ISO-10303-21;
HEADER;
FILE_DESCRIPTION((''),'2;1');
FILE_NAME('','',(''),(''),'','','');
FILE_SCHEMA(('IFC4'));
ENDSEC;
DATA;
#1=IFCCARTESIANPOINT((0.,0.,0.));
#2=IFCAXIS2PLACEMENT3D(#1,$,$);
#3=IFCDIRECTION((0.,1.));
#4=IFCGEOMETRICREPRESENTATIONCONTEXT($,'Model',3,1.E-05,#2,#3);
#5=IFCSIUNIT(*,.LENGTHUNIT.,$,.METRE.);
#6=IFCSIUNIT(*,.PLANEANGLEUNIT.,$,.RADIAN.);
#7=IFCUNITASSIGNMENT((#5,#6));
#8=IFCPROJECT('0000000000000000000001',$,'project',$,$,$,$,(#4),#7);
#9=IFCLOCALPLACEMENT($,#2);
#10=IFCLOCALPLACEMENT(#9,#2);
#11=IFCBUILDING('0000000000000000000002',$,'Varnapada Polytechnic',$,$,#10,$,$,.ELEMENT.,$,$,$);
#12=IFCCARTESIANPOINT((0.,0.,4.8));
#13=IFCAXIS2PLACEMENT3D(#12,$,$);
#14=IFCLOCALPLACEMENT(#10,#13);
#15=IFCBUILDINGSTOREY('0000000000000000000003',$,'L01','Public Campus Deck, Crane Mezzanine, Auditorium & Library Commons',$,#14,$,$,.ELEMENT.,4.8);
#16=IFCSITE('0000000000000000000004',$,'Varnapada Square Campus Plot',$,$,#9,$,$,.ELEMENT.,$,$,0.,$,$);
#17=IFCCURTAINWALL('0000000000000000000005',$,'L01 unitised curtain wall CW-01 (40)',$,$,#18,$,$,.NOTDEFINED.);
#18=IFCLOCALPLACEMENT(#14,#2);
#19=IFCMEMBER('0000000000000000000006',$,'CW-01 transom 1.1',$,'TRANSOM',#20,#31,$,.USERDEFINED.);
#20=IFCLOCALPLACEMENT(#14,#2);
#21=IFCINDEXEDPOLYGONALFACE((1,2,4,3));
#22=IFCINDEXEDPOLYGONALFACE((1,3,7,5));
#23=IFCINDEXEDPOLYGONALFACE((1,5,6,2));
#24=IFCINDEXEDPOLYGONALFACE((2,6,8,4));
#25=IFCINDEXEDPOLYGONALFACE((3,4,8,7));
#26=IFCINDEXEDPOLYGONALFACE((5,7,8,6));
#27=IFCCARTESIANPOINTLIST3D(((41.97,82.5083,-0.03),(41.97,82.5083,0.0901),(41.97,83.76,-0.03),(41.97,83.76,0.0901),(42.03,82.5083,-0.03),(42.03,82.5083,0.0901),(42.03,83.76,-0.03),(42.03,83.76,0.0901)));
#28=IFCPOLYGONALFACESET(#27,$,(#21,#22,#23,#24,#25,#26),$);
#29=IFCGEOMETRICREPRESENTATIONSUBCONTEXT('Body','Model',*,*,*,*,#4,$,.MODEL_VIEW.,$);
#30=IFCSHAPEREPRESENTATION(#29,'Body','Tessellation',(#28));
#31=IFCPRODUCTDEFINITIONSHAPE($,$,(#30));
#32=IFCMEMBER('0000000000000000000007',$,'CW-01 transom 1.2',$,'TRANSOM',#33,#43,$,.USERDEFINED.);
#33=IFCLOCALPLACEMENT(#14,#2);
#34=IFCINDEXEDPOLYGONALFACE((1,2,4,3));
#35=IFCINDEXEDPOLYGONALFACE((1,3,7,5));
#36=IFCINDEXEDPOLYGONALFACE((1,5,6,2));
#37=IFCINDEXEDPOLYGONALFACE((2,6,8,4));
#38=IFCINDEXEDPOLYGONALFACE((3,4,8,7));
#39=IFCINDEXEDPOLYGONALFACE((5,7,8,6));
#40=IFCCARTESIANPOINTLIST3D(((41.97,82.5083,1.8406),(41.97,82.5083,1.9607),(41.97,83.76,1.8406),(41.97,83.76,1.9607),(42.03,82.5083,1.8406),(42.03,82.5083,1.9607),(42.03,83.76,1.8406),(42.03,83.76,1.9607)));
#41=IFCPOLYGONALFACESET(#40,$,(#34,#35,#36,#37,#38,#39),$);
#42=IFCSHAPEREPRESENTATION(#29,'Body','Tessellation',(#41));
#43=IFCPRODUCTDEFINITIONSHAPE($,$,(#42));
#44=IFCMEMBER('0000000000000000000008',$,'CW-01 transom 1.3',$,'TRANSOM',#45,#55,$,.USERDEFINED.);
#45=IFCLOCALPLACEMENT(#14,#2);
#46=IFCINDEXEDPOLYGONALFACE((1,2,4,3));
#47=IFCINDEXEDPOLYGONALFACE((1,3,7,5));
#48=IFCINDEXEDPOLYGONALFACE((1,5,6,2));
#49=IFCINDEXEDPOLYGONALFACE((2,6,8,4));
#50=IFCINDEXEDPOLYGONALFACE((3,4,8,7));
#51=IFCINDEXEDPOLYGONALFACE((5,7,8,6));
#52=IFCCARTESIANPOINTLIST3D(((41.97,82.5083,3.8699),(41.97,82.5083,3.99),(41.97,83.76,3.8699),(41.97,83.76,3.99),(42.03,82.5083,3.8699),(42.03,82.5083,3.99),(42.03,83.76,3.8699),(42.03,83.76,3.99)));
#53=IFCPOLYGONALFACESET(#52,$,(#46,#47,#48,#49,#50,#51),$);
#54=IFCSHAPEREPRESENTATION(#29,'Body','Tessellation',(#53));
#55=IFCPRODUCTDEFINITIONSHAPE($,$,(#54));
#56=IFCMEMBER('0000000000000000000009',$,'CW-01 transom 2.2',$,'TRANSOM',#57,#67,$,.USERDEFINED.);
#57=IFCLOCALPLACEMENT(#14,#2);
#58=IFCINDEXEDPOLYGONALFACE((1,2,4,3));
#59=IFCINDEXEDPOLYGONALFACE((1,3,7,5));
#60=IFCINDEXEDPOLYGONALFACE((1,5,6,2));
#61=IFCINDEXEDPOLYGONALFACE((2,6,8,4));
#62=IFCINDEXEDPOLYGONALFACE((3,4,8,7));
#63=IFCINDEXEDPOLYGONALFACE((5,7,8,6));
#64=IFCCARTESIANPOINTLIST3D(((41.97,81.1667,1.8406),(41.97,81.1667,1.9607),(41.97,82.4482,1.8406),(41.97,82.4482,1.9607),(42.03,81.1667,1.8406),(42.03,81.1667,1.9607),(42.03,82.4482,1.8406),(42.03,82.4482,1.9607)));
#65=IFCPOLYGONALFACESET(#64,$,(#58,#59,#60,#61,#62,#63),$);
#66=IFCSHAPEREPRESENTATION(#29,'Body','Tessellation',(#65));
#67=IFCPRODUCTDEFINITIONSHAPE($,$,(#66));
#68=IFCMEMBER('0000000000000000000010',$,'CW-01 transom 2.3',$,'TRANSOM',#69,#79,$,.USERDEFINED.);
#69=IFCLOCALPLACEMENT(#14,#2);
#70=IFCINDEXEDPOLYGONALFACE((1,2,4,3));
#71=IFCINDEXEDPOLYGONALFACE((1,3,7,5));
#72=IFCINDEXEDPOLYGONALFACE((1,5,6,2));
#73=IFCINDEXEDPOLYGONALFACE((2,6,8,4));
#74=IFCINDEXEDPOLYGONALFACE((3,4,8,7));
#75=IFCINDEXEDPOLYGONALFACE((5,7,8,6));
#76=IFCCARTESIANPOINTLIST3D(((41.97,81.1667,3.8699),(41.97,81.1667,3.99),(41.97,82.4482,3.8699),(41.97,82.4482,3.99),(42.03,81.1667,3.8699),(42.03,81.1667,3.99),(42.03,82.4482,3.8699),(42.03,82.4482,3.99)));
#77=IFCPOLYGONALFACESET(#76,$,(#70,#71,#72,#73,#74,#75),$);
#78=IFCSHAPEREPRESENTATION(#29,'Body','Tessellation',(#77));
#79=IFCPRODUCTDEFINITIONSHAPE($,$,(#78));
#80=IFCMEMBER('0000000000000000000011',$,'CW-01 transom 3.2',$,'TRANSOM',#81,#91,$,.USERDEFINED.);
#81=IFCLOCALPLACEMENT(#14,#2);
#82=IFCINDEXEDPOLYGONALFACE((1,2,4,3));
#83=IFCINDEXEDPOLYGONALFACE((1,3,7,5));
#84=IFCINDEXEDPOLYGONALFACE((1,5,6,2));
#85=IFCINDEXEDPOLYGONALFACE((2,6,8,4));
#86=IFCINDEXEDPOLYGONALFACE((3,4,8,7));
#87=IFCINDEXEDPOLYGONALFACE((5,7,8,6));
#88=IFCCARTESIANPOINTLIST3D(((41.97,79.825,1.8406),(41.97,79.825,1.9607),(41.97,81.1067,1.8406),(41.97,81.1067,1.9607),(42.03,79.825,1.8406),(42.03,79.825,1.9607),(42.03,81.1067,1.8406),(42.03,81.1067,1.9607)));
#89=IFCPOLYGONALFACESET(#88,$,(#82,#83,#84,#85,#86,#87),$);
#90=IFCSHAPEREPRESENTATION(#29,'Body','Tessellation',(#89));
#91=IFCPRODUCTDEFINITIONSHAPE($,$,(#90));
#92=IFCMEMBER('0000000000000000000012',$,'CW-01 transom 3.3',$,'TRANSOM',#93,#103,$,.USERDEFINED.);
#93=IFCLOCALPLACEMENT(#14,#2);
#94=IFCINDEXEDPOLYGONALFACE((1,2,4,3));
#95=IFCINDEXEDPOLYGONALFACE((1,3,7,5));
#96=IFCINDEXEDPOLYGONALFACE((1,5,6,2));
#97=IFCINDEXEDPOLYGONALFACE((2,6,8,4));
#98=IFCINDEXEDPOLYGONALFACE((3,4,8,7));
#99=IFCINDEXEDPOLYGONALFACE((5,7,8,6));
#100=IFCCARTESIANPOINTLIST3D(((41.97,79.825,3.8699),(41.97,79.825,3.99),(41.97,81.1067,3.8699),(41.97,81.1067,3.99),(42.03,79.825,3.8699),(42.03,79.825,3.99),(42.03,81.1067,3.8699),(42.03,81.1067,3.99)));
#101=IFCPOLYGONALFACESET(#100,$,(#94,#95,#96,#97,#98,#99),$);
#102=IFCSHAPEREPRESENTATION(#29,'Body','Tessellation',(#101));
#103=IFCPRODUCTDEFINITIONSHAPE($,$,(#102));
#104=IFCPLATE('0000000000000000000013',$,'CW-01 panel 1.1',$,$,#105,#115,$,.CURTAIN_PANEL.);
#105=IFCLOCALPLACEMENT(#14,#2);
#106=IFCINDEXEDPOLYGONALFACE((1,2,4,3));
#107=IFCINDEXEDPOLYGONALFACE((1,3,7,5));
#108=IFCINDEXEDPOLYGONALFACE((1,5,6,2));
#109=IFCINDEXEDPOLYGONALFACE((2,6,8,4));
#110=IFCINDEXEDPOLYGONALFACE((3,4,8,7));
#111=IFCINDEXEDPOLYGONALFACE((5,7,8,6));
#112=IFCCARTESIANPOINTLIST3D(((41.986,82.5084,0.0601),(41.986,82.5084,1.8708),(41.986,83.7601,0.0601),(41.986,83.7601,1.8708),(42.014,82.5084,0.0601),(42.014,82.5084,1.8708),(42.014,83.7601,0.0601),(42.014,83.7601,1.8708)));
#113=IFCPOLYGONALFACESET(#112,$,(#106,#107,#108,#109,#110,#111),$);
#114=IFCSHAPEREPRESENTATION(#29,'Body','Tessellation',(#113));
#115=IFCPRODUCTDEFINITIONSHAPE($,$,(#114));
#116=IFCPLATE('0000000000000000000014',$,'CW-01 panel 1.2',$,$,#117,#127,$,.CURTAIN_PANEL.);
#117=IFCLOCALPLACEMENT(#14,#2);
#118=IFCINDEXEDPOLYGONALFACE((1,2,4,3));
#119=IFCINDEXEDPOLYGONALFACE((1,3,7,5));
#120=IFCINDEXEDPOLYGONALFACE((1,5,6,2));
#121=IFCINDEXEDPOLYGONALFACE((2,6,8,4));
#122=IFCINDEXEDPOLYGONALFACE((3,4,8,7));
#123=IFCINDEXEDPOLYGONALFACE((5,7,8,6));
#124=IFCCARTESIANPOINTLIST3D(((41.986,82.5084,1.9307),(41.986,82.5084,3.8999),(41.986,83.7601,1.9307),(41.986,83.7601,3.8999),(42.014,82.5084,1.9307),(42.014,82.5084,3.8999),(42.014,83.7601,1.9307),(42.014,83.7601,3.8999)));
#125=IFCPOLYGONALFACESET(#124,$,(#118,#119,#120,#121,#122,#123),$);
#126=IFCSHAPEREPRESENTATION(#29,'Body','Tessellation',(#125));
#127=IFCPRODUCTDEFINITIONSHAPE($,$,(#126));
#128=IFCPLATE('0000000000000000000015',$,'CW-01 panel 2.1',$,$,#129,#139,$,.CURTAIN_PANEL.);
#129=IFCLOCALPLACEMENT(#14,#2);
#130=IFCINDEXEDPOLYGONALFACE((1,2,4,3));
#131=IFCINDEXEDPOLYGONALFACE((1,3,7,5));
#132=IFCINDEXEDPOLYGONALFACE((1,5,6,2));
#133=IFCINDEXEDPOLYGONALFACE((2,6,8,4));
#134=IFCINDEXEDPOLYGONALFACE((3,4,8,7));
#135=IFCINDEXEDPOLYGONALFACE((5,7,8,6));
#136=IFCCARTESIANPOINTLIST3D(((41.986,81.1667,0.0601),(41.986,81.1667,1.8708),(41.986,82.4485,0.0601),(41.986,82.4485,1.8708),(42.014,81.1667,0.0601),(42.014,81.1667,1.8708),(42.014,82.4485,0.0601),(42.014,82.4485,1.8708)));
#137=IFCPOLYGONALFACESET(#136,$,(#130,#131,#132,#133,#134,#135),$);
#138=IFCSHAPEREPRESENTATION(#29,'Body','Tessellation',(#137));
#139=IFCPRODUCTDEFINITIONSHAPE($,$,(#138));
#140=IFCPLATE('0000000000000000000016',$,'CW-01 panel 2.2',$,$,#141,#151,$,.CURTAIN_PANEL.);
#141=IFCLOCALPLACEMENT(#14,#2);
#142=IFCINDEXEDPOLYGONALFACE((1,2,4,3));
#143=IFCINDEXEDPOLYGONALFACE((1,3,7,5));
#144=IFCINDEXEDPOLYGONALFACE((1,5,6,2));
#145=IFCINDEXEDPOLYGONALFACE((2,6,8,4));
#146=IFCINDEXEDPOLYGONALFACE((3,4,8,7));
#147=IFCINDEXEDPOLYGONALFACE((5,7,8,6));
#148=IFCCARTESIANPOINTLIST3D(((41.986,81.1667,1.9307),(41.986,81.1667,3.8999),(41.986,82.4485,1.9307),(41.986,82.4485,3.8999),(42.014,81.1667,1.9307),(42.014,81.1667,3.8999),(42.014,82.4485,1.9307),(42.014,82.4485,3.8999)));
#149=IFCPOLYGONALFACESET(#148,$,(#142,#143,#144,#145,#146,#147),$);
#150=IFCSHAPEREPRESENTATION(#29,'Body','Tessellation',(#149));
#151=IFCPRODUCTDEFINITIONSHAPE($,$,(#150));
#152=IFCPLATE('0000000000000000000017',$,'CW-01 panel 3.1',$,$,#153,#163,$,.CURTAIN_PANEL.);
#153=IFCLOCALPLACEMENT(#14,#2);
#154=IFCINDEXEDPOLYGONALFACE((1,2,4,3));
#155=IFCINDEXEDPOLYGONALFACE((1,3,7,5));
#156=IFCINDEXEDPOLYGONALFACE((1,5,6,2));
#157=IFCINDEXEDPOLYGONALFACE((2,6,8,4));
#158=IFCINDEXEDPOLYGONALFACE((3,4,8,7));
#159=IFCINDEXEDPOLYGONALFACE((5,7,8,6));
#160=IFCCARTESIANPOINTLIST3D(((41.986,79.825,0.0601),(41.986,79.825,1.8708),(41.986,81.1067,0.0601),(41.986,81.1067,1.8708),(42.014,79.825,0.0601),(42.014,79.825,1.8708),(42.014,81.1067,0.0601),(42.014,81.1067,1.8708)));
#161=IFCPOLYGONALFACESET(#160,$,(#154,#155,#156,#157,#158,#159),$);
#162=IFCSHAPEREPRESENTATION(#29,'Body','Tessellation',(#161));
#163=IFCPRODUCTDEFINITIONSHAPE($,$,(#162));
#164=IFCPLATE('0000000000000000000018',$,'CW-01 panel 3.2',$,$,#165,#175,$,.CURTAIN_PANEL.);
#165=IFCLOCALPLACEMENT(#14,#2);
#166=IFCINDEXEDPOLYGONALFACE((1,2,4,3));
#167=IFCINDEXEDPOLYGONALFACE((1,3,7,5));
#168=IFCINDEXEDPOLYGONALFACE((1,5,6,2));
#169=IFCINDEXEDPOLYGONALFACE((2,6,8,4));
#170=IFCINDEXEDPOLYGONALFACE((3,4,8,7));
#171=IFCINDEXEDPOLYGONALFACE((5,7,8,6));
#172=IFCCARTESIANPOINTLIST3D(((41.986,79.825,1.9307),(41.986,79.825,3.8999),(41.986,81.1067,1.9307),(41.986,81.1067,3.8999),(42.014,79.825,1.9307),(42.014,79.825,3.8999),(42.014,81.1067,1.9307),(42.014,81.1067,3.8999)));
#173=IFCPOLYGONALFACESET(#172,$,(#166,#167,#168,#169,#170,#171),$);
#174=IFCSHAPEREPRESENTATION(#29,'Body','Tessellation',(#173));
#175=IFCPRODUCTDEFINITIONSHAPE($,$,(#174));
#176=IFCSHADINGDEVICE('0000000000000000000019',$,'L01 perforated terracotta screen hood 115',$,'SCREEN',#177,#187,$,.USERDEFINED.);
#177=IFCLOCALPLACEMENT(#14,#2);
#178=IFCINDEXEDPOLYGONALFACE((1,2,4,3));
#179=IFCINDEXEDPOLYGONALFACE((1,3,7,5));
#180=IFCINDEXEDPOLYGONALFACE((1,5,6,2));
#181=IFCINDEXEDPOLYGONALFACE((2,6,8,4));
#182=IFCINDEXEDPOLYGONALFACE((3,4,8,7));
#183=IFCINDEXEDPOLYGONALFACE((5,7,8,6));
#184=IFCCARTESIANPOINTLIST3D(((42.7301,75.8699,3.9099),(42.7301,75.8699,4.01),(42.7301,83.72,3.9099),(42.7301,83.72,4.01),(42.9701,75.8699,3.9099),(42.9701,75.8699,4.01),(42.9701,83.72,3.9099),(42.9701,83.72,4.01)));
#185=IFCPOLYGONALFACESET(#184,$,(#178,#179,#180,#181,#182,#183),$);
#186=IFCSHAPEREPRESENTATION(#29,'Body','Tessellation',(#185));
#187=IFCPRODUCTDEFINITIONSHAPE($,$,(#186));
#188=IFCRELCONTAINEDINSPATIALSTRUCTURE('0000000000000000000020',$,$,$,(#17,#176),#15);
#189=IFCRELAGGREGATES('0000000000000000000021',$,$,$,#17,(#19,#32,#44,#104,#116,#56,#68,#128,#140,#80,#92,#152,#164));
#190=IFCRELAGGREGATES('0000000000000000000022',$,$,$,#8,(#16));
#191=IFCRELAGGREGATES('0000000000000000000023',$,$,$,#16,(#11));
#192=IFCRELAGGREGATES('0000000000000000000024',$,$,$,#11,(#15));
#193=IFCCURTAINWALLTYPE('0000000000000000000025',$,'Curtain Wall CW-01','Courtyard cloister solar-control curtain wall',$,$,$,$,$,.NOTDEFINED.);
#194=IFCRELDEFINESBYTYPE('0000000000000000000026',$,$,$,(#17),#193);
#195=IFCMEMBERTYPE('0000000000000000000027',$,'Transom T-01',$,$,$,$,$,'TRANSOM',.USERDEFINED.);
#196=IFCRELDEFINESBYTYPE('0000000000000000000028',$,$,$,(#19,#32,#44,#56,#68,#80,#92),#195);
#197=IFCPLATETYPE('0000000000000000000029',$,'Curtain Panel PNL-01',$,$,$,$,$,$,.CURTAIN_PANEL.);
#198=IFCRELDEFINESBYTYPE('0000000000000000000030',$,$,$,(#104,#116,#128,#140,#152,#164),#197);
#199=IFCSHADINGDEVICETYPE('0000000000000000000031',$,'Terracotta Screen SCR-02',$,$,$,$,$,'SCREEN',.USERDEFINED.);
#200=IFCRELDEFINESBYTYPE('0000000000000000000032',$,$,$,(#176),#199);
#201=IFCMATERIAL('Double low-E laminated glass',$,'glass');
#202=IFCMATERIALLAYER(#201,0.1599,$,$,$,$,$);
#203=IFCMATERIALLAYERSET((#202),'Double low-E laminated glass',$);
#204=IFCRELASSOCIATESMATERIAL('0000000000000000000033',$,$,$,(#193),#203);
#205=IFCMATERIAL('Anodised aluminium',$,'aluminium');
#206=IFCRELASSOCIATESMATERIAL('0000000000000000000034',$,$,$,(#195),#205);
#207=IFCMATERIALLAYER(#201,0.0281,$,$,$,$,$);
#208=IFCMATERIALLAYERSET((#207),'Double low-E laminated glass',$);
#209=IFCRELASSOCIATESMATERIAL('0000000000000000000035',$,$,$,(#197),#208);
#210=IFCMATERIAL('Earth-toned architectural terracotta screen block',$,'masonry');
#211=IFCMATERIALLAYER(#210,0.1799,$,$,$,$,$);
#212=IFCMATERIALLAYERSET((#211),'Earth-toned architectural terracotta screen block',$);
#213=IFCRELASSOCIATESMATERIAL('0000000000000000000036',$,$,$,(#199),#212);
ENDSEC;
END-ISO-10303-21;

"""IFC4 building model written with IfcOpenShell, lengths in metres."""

from ifc_helpers import new_model, si_unit, direction, frame, origin, origin_2d, place, context, subcontext, project, spatial, rectangle, extrude, material, layer, layer_set, material_profile, profile_set, type_object, element, aggregate, save


model = new_model("IFC4")

# Units and contexts
model_context = context("Model", 3, precision=1e-05, world=origin(), true_north=direction((0.0, 1.0)))
body_context = subcontext(model_context, "Body", "Model", "MODEL_VIEW")
ifc_project = project(units=[si_unit("LENGTHUNIT", "METRE"), si_unit("PLANEANGLEUNIT", "RADIAN")], contexts=[model_context])

# Site, building, storey
site_placement = place(None, origin())
site = spatial("IfcSite", under=ifc_project, at=site_placement, Name="Varnapada Square Campus Plot", CompositionType="ELEMENT", RefElevation=0.0)
building_placement = place(site_placement, origin())
building = spatial("IfcBuilding", under=site, at=building_placement, Name="Varnapada Polytechnic", CompositionType="ELEMENT")
storey_placement = place(building_placement, frame((0.0, 0.0, 4.8)))
storey = spatial("IfcBuildingStorey", under=building, at=storey_placement, Name="L01", Description="Public Campus Deck, Crane Mezzanine, Auditorium & Library Commons", CompositionType="ELEMENT", Elevation=4.8)

# Curtain wall, members, plates
ifc_material_1 = material(Name="Double low-E laminated glass", Category="glass")
ifc_layer_1 = layer(ifc_material_1, 0.1599)
ifc_layer_set_1 = layer_set([ifc_layer_1], Name="Double low-E laminated glass")
curtain_wall_type = type_object("IfcCurtainWallType", Name="Curtain Wall CW-01", Description="Courtyard cloister solar-control curtain wall", PredefinedType="NOTDEFINED", material=ifc_layer_set_1)
curtain_wall_placement = place(storey_placement, origin())
curtain_wall = element("IfcCurtainWall", 1, at=curtain_wall_placement, inside=storey, type_object=curtain_wall_type, Name="L01 unitised curtain wall CW-01 (40)", PredefinedType="NOTDEFINED")
ifc_material_2 = material(Name="Anodised aluminium", Category="aluminium")
ifc_material_profile = material_profile(ifc_material_2, rectangle(XDim=0.0601, YDim=0.1201, at=origin_2d()), Name="ALU T60x120")
ifc_profile_set = profile_set([ifc_material_profile], Name="Anodised aluminium")
member_type = type_object("IfcMemberType", Name="Transom T-01", ElementType="TRANSOM", PredefinedType="USERDEFINED", material=ifc_profile_set)
member_1_placement = place(storey_placement, frame((42.0, 83.76, 0.03), z_axis=(0.0, -1.0, 0.0), x_axis=(1.0, 0.0, 0.0)))
member_1 = element("IfcMember", 2, at=member_1_placement, type_object=member_type, Name="CW-01 transom 1.1", ObjectType="TRANSOM", PredefinedType="USERDEFINED", context=body_context, shape_type="SweptSolid", body=[
    extrude(rectangle(XDim=0.0601, YDim=0.1201, at=origin_2d()), origin(), (0.0, 0.0, 1.0), 1.2517),
])
member_2_placement = place(storey_placement, frame((42.0, 83.76, 1.9006), z_axis=(0.0, -1.0, 0.0), x_axis=(1.0, 0.0, 0.0)))
member_2 = element("IfcMember", 3, at=member_2_placement, type_object=member_type, Name="CW-01 transom 1.2", ObjectType="TRANSOM", PredefinedType="USERDEFINED", context=body_context, shape_type="SweptSolid", body=[
    extrude(rectangle(XDim=0.0601, YDim=0.1201, at=origin_2d()), origin(), (0.0, 0.0, 1.0), 1.2517),
])
member_3_placement = place(storey_placement, frame((42.0, 83.76, 3.9299), z_axis=(0.0, -1.0, 0.0), x_axis=(1.0, 0.0, 0.0)))
member_3 = element("IfcMember", 4, at=member_3_placement, type_object=member_type, Name="CW-01 transom 1.3", ObjectType="TRANSOM", PredefinedType="USERDEFINED", context=body_context, shape_type="SweptSolid", body=[
    extrude(rectangle(XDim=0.0601, YDim=0.1201, at=origin_2d()), origin(), (0.0, 0.0, 1.0), 1.2517),
])
member_4_placement = place(storey_placement, frame((42.0, 82.4482, 1.9006), z_axis=(0.0, -1.0, 0.0), x_axis=(1.0, 0.0, 0.0)))
member_4 = element("IfcMember", 5, at=member_4_placement, type_object=member_type, Name="CW-01 transom 2.2", ObjectType="TRANSOM", PredefinedType="USERDEFINED", context=body_context, shape_type="SweptSolid", body=[
    extrude(rectangle(XDim=0.0601, YDim=0.1201, at=origin_2d()), origin(), (0.0, 0.0, 1.0), 1.2815),
])
member_5_placement = place(storey_placement, frame((42.0, 82.4482, 3.9299), z_axis=(0.0, -1.0, 0.0), x_axis=(1.0, 0.0, 0.0)))
member_5 = element("IfcMember", 6, at=member_5_placement, type_object=member_type, Name="CW-01 transom 2.3", ObjectType="TRANSOM", PredefinedType="USERDEFINED", context=body_context, shape_type="SweptSolid", body=[
    extrude(rectangle(XDim=0.0601, YDim=0.1201, at=origin_2d()), origin(), (0.0, 0.0, 1.0), 1.2815),
])
member_6_placement = place(storey_placement, frame((42.0, 81.1067, 1.9006), z_axis=(0.0, -1.0, 0.0), x_axis=(1.0, 0.0, 0.0)))
member_6 = element("IfcMember", 7, at=member_6_placement, type_object=member_type, Name="CW-01 transom 3.2", ObjectType="TRANSOM", PredefinedType="USERDEFINED", context=body_context, shape_type="SweptSolid", body=[
    extrude(rectangle(XDim=0.0601, YDim=0.1201, at=origin_2d()), origin(), (0.0, 0.0, 1.0), 1.2817),
])
member_7_placement = place(storey_placement, frame((42.0, 81.1067, 3.9299), z_axis=(0.0, -1.0, 0.0), x_axis=(1.0, 0.0, 0.0)))
member_7 = element("IfcMember", 8, at=member_7_placement, type_object=member_type, Name="CW-01 transom 3.3", ObjectType="TRANSOM", PredefinedType="USERDEFINED", context=body_context, shape_type="SweptSolid", body=[
    extrude(rectangle(XDim=0.0601, YDim=0.1201, at=origin_2d()), origin(), (0.0, 0.0, 1.0), 1.2817),
])
ifc_layer_2 = layer(ifc_material_1, 0.0281)
ifc_layer_set_2 = layer_set([ifc_layer_2], Name="Double low-E laminated glass")
plate_type = type_object("IfcPlateType", Name="Curtain Panel PNL-01", PredefinedType="CURTAIN_PANEL", material=ifc_layer_set_2)
plate_1_placement = place(storey_placement, frame((42.0, 83.1343, 0.0601), z_axis=(0.0, 0.0, 1.0), x_axis=(0.0, -1.0, 0.0)))
plate_1 = element("IfcPlate", 9, at=plate_1_placement, type_object=plate_type, Name="CW-01 panel 1.1", PredefinedType="CURTAIN_PANEL", context=body_context, shape_type="SweptSolid", body=[
    extrude(rectangle(XDim=1.2517, YDim=0.0281, at=origin_2d()), origin(), (0.0, 0.0, 1.0), 1.8108),
])
plate_2_placement = place(storey_placement, frame((42.0, 83.1343, 1.9307), z_axis=(0.0, 0.0, 1.0), x_axis=(0.0, -1.0, 0.0)))
plate_2 = element("IfcPlate", 10, at=plate_2_placement, type_object=plate_type, Name="CW-01 panel 1.2", PredefinedType="CURTAIN_PANEL", context=body_context, shape_type="SweptSolid", body=[
    extrude(rectangle(XDim=1.2517, YDim=0.0281, at=origin_2d()), origin(), (0.0, 0.0, 1.0), 1.9692),
])
plate_3_placement = place(storey_placement, frame((42.0, 81.8076, 0.0601), z_axis=(0.0, 0.0, 1.0), x_axis=(0.0, -1.0, 0.0)))
plate_3 = element("IfcPlate", 11, at=plate_3_placement, type_object=plate_type, Name="CW-01 panel 2.1", PredefinedType="CURTAIN_PANEL", context=body_context, shape_type="SweptSolid", body=[
    extrude(rectangle(XDim=1.2817, YDim=0.0281, at=origin_2d()), origin(), (0.0, 0.0, 1.0), 1.8108),
])
plate_4_placement = place(storey_placement, frame((42.0, 81.8076, 1.9307), z_axis=(0.0, 0.0, 1.0), x_axis=(0.0, -1.0, 0.0)))
plate_4 = element("IfcPlate", 12, at=plate_4_placement, type_object=plate_type, Name="CW-01 panel 2.2", PredefinedType="CURTAIN_PANEL", context=body_context, shape_type="SweptSolid", body=[
    extrude(rectangle(XDim=1.2817, YDim=0.0281, at=origin_2d()), origin(), (0.0, 0.0, 1.0), 1.9692),
])
plate_5_placement = place(storey_placement, frame((42.0, 80.4658, 0.0601), z_axis=(0.0, 0.0, 1.0), x_axis=(0.0, -1.0, 0.0)))
plate_5 = element("IfcPlate", 13, at=plate_5_placement, type_object=plate_type, Name="CW-01 panel 3.1", PredefinedType="CURTAIN_PANEL", context=body_context, shape_type="SweptSolid", body=[
    extrude(rectangle(XDim=1.2817, YDim=0.0281, at=origin_2d()), origin(), (0.0, 0.0, 1.0), 1.8108),
])
plate_6_placement = place(storey_placement, frame((42.0, 80.4658, 1.9307), z_axis=(0.0, 0.0, 1.0), x_axis=(0.0, -1.0, 0.0)))
plate_6 = element("IfcPlate", 14, at=plate_6_placement, type_object=plate_type, Name="CW-01 panel 3.2", PredefinedType="CURTAIN_PANEL", context=body_context, shape_type="SweptSolid", body=[
    extrude(rectangle(XDim=1.2817, YDim=0.0281, at=origin_2d()), origin(), (0.0, 0.0, 1.0), 1.9692),
])
aggregate(curtain_wall, [member_1, member_2, member_3, plate_1, plate_2, member_4, member_5, plate_3, plate_4, member_6, member_7, plate_5, plate_6])

# Shading device
ifc_material_3 = material(Name="Earth-toned architectural terracotta screen block", Category="masonry")
ifc_layer_3 = layer(ifc_material_3, 0.1799)
ifc_layer_set_3 = layer_set([ifc_layer_3], Name="Earth-toned architectural terracotta screen block")
shading_device_type = type_object("IfcShadingDeviceType", Name="Terracotta Screen SCR-02", ElementType="SCREEN", PredefinedType="USERDEFINED", material=ifc_layer_set_3)
shading_device_placement = place(storey_placement, frame((42.8501, 79.7949, 3.9099), z_axis=(0.0, 0.0, 1.0), x_axis=(0.0, -1.0, 0.0)))
element("IfcShadingDevice", 15, at=shading_device_placement, inside=storey, type_object=shading_device_type, Name="L01 perforated terracotta screen hood 115", ObjectType="SCREEN", PredefinedType="USERDEFINED", context=body_context, shape_type="SweptSolid", body=[
    extrude(rectangle(XDim=7.8501, YDim=0.24, at=origin_2d()), origin(), (0.0, 0.0, 1.0), 0.1001),
])

save(model, "model.ifc")
